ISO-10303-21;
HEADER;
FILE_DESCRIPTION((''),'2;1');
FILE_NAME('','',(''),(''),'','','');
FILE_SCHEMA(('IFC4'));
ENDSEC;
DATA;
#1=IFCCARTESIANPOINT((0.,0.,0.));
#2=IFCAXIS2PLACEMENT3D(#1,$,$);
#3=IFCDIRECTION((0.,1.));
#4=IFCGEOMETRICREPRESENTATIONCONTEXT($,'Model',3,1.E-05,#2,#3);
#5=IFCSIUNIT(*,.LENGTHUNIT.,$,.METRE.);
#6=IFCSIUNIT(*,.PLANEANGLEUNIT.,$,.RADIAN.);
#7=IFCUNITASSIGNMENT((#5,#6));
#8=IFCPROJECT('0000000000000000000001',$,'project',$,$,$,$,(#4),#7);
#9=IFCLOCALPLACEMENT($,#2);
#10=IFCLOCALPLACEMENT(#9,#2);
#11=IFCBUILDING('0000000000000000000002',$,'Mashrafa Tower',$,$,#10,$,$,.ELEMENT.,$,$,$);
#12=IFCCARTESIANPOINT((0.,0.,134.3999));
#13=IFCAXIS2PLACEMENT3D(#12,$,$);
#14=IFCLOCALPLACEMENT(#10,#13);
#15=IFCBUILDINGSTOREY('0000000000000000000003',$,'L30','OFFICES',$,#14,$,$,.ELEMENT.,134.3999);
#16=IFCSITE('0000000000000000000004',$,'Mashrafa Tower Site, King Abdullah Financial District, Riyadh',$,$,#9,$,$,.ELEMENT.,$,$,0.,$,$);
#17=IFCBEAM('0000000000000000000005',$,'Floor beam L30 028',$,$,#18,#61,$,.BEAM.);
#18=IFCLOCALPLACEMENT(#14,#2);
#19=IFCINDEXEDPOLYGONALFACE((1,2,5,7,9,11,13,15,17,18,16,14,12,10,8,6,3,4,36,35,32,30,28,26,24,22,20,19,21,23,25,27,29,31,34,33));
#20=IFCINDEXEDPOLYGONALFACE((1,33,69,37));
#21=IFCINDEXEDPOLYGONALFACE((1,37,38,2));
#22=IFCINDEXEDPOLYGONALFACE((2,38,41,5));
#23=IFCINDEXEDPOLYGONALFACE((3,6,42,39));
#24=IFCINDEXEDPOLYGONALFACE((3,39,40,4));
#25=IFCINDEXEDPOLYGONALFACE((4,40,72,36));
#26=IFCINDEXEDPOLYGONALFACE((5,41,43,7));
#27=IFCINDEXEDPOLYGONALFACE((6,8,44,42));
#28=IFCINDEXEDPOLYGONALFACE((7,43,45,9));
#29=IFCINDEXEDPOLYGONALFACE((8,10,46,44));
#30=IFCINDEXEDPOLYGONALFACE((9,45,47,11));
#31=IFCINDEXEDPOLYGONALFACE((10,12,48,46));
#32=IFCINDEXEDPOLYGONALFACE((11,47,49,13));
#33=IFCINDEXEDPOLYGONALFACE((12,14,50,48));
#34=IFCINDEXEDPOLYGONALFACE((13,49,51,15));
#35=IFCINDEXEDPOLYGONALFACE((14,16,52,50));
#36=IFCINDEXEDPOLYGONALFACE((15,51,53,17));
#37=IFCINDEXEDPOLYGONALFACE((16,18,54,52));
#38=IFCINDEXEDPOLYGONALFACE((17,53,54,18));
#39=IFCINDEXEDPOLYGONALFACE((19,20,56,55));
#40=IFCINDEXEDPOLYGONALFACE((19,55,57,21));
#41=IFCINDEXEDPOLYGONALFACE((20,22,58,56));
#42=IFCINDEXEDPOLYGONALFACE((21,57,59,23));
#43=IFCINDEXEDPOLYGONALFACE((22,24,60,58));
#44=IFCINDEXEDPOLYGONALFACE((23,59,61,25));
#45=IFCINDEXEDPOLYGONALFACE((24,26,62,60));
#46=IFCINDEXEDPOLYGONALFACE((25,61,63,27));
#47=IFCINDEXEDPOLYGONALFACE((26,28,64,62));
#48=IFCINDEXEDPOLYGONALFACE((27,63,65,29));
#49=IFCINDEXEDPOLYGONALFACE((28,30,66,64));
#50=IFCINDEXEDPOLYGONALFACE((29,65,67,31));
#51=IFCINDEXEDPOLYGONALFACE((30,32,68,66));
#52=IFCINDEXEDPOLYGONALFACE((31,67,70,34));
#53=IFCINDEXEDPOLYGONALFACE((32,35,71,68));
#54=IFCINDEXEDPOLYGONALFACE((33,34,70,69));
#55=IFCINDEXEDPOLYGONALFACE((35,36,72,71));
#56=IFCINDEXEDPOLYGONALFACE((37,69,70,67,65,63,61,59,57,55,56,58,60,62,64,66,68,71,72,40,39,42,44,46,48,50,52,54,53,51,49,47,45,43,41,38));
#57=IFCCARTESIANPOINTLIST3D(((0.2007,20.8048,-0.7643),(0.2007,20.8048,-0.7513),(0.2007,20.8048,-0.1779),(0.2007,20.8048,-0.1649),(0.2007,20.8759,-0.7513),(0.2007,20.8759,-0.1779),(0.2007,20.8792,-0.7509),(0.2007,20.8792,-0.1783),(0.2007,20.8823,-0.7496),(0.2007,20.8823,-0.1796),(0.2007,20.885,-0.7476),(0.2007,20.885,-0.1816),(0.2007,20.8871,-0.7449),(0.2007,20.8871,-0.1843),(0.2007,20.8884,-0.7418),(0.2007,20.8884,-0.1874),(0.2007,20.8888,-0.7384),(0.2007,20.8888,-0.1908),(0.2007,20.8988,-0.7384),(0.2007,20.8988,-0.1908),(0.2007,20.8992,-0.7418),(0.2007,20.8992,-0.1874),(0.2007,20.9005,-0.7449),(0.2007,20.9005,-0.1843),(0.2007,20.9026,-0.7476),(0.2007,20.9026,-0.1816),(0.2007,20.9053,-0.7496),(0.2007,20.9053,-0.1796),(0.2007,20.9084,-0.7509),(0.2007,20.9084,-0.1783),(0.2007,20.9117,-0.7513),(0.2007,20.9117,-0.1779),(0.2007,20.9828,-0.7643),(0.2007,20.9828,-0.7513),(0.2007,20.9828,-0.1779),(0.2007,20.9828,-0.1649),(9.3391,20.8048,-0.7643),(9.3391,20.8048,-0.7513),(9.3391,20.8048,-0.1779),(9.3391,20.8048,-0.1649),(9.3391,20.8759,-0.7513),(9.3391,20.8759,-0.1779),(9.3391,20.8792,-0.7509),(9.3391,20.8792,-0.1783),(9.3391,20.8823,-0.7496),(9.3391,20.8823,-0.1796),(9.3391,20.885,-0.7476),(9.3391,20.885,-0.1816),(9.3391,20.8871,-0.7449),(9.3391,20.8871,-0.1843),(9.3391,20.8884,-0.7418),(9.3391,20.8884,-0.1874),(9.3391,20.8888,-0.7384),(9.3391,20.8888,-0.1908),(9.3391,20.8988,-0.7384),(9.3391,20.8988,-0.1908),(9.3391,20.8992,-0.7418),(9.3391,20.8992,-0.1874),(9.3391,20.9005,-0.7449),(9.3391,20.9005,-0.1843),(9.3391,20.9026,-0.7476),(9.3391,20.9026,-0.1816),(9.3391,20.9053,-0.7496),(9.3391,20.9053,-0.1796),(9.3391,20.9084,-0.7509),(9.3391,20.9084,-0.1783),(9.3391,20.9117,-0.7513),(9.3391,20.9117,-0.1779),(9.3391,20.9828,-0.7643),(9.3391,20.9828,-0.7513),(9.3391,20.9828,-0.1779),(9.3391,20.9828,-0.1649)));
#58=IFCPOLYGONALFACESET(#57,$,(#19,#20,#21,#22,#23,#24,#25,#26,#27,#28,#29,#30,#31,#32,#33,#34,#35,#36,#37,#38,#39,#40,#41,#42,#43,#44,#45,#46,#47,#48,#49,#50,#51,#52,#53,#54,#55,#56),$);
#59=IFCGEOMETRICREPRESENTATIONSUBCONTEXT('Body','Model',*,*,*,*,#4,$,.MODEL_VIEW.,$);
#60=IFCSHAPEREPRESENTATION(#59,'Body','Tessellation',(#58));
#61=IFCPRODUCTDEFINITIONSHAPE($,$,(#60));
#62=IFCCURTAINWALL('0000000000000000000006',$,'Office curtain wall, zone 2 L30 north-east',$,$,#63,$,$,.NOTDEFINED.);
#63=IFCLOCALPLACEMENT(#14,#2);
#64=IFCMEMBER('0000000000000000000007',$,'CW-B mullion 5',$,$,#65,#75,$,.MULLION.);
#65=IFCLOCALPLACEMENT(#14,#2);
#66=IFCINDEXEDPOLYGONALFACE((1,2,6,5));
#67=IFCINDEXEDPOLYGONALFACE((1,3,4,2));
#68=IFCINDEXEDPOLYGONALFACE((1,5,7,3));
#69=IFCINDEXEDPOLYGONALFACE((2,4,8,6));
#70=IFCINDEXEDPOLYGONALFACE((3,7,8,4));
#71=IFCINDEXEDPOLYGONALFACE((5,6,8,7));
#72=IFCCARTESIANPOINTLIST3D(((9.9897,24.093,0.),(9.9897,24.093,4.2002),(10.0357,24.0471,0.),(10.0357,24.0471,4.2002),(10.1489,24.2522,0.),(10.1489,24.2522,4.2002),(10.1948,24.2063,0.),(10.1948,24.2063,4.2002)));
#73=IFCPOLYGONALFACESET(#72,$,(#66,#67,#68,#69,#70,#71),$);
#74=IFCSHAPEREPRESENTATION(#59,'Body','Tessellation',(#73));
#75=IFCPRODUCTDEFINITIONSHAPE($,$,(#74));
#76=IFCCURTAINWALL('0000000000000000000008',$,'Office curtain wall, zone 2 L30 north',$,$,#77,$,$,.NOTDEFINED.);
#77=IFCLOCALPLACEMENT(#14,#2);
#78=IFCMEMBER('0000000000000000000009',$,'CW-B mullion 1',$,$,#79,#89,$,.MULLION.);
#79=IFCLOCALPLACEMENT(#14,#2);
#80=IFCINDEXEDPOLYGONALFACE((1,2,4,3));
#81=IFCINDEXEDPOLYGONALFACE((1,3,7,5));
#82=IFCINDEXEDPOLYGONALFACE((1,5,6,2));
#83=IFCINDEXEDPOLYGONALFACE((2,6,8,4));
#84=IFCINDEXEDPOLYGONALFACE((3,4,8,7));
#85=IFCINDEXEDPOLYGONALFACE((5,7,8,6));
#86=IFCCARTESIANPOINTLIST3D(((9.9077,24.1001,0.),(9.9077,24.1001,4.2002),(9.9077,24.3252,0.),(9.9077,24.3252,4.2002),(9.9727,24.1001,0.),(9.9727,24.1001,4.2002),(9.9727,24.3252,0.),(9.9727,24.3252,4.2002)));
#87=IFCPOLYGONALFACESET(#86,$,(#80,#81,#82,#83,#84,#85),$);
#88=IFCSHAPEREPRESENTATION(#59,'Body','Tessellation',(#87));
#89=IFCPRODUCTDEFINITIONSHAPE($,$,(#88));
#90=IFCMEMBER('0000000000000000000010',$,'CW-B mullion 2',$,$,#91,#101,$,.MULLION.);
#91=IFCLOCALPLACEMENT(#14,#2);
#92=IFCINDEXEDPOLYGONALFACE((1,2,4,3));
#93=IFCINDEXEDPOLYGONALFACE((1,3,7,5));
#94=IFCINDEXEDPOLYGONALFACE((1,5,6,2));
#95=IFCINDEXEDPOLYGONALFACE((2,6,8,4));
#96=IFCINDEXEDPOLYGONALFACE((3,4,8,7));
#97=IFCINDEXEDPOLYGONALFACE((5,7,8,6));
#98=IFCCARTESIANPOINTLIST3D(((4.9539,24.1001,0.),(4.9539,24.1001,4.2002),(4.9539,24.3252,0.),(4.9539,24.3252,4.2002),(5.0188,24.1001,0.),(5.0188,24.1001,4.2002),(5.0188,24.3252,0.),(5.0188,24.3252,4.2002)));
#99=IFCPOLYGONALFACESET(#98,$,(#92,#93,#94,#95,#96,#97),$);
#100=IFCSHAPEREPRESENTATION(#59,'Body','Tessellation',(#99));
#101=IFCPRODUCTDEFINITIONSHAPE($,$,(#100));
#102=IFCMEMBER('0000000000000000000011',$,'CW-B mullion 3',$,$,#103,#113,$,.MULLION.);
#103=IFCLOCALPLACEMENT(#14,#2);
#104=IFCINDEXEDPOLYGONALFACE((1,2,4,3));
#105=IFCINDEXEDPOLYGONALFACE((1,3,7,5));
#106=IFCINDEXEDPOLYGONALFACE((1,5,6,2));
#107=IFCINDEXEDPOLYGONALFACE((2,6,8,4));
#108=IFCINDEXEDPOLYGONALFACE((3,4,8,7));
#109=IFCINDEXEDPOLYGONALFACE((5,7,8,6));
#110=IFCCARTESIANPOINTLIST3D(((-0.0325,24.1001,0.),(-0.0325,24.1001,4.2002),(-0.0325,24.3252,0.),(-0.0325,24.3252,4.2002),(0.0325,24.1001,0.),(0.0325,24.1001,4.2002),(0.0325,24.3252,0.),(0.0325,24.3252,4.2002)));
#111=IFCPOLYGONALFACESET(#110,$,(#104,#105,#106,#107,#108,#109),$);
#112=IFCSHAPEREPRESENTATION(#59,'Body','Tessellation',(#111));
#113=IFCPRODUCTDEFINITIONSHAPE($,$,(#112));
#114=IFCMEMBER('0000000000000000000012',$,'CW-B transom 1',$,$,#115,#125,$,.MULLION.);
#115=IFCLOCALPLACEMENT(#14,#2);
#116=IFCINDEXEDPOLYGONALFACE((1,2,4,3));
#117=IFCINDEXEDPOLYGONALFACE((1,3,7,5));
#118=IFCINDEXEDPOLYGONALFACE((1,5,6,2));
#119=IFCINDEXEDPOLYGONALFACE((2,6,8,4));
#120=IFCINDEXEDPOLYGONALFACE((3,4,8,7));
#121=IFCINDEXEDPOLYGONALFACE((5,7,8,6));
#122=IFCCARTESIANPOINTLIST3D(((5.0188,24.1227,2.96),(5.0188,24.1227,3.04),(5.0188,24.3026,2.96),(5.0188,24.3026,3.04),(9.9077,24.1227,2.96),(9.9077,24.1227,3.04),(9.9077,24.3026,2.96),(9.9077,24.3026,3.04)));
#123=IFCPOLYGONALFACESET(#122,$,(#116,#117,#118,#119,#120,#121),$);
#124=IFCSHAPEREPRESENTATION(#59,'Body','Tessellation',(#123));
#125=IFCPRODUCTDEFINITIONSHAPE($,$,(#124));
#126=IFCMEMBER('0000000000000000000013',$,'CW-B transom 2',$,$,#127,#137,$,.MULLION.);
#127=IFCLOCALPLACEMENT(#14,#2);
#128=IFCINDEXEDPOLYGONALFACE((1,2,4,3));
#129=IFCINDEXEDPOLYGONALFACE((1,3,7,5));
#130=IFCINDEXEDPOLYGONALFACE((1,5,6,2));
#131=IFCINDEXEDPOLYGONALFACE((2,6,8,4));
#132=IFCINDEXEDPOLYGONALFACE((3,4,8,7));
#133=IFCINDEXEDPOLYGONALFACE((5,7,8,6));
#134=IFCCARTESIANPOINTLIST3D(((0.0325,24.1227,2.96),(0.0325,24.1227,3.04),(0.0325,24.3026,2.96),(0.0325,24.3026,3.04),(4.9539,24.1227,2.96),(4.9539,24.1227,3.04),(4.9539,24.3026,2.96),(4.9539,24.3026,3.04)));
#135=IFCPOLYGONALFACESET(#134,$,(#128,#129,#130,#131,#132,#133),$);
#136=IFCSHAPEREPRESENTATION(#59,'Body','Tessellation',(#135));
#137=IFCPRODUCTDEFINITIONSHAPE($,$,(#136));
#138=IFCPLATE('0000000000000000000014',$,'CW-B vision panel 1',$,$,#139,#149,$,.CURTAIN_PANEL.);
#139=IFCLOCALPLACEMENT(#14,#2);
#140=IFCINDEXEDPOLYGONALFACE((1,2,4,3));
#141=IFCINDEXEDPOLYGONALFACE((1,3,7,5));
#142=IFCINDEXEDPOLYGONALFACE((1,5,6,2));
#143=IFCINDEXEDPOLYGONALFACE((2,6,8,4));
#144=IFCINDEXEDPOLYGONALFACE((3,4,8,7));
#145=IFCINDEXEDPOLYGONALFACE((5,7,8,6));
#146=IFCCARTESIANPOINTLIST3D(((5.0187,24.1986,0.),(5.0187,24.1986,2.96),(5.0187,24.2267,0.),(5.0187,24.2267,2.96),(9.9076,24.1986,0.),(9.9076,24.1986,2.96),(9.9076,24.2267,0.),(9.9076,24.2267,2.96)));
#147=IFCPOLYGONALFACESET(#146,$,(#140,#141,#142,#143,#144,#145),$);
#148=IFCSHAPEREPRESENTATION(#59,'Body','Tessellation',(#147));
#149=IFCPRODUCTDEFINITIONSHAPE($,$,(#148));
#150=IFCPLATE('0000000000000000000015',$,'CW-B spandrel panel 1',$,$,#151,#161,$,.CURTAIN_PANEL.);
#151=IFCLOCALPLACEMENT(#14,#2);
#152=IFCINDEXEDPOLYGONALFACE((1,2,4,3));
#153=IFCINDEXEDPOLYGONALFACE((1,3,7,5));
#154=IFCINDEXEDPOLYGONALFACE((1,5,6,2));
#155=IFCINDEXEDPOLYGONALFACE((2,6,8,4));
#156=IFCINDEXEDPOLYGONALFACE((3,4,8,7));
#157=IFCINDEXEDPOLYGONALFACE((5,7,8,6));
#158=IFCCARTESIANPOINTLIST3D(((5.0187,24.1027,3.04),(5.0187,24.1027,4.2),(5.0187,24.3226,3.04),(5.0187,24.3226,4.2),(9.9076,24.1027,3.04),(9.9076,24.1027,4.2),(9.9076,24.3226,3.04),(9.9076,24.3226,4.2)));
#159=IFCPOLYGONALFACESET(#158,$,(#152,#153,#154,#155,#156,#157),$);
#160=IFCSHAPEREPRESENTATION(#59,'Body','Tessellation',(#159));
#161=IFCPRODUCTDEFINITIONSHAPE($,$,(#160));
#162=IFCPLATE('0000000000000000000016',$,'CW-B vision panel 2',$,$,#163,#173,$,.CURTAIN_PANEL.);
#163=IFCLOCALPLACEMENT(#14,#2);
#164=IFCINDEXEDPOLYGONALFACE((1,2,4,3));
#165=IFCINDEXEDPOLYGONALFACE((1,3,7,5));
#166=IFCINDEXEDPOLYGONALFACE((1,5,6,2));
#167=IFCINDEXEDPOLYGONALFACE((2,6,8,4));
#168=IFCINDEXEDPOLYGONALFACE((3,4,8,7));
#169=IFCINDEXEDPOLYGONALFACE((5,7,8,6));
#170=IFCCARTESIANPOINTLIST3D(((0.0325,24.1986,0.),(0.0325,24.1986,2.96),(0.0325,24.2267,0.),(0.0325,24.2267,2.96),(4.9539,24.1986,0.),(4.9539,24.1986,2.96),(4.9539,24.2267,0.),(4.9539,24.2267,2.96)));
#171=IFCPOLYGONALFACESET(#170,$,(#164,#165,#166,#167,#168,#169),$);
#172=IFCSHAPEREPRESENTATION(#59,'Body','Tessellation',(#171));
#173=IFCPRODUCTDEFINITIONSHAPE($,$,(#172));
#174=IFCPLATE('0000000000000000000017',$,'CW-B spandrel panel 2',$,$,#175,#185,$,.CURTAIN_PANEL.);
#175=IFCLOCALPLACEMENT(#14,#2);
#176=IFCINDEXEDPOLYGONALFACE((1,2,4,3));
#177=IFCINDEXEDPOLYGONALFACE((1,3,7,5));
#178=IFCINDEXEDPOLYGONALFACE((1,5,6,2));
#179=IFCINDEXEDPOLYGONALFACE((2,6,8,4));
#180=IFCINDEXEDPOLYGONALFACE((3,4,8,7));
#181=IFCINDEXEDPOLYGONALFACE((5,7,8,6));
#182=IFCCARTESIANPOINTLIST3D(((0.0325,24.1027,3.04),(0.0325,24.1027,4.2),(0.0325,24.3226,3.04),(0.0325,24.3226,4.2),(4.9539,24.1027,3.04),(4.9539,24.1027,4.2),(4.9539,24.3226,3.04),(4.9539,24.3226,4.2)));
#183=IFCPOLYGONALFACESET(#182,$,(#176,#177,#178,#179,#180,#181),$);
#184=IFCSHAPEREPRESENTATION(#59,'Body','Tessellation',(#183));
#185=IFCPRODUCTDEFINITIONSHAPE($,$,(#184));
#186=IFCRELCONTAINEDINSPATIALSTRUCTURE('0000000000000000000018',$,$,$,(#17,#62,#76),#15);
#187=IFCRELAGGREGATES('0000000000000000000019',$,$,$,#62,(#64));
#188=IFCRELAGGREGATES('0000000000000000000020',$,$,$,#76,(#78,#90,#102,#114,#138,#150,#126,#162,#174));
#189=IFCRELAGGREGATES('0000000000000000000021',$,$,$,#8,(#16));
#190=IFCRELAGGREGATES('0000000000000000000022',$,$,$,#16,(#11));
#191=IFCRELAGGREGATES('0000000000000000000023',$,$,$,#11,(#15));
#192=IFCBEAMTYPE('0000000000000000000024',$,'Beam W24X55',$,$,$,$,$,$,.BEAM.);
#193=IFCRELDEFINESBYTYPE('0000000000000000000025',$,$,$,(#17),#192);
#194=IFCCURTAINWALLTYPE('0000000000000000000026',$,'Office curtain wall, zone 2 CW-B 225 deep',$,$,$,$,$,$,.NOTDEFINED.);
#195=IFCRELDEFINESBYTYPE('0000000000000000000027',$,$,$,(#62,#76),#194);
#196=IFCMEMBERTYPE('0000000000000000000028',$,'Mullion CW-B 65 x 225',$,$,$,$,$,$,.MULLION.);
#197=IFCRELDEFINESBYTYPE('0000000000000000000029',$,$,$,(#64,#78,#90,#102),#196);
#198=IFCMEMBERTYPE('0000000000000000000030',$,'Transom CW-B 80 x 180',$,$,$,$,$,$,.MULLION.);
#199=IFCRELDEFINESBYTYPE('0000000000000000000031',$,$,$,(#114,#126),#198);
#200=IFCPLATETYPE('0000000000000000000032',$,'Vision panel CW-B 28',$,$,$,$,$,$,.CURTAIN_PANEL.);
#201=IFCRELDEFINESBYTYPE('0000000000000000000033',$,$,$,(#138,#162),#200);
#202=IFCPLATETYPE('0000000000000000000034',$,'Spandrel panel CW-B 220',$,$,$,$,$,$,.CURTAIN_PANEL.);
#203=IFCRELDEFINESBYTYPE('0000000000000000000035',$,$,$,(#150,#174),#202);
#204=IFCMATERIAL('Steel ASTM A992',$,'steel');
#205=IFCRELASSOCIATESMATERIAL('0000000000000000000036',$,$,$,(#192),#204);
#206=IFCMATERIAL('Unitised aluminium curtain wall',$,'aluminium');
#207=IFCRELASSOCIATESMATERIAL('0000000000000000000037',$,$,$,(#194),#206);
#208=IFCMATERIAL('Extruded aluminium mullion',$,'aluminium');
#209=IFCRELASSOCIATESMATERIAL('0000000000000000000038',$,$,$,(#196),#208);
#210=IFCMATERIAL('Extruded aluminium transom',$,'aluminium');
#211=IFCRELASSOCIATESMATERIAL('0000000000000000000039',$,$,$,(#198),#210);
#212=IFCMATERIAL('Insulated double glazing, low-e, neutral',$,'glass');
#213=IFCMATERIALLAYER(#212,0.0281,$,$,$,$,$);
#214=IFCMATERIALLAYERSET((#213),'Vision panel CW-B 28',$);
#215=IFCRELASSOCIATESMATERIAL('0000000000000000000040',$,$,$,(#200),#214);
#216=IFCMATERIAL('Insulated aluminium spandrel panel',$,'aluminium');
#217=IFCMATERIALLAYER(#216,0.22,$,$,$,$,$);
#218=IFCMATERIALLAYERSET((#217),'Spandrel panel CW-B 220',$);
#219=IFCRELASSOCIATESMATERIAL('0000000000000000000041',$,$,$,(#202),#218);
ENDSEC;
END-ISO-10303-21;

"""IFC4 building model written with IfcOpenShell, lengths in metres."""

from ifc_helpers import new_model, si_unit, direction, frame, origin, origin_2d, place, context, subcontext, project, spatial, rectangle, i_section, extrude, source, transform, mapped, material, layer, layer_set, material_profile, profile_set, type_object, type_shapes, element, aggregate, save


model = new_model("IFC4")

# Units and contexts
model_context = context("Model", 3, precision=1e-05, world=origin(), true_north=direction((0.0, 1.0)))
body_context = subcontext(model_context, "Body", "Model", "MODEL_VIEW")
ifc_project = project(units=[si_unit("LENGTHUNIT", "METRE"), si_unit("PLANEANGLEUNIT", "RADIAN")], contexts=[model_context])

# Site, building, storey
site_placement = place(None, origin())
site = spatial("IfcSite", under=ifc_project, at=site_placement, Name="Mashrafa Tower Site, King Abdullah Financial District, Riyadh", CompositionType="ELEMENT", RefElevation=0.0)
building_placement = place(site_placement, origin())
building = spatial("IfcBuilding", under=site, at=building_placement, Name="Mashrafa Tower", CompositionType="ELEMENT")
storey_placement = place(building_placement, frame((0.0, 0.0, 134.3999)))
storey = spatial("IfcBuildingStorey", under=building, at=storey_placement, Name="L30", Description="OFFICES", CompositionType="ELEMENT", Elevation=134.3999)

# Beam
ifc_material_1 = material(Name="Steel ASTM A992", Category="steel")
ifc_material_profile_1 = material_profile(ifc_material_1, i_section(OverallWidth=0.178, OverallDepth=0.5994, WebThickness=0.01, FlangeThickness=0.0129, FilletRadius=0.0129, at=origin_2d()), Name="W24X55")
ifc_profile_set_1 = profile_set([ifc_material_profile_1], Name="Steel ASTM A992")
beam_type_1 = type_object("IfcBeamType", Name="Beam W24X55", PredefinedType="BEAM", material=ifc_profile_set_1)
beam_1_placement = place(storey_placement, frame((0.2007, 20.8938, -0.4646), z_axis=(1.0, 0.0, 0.0), x_axis=(0.0, 1.0, 0.0)))
element("IfcBeam", 1, at=beam_1_placement, inside=storey, type_object=beam_type_1, Name="Floor beam L30 028", PredefinedType="BEAM", context=body_context, shape_type="SweptSolid", body=[
    extrude(i_section(OverallWidth=0.178, OverallDepth=0.5994, WebThickness=0.01, FlangeThickness=0.0129, FilletRadius=0.0129, at=origin_2d()), origin(), (0.0, 0.0, 1.0), 9.1384),
])

# Curtain wall, member
ifc_material_2 = material(Name="Unitised aluminium curtain wall", Category="aluminium")
curtain_wall_type = type_object("IfcCurtainWallType", Name="Office curtain wall, zone 2 CW-B 225 deep", PredefinedType="NOTDEFINED", material=ifc_material_2)
curtain_wall_1_placement = place(storey_placement, origin())
curtain_wall_1 = element("IfcCurtainWall", 2, at=curtain_wall_1_placement, inside=storey, type_object=curtain_wall_type, Name="Office curtain wall, zone 2 L30 north-east", PredefinedType="NOTDEFINED")
ifc_material_3 = material(Name="Extruded aluminium mullion", Category="aluminium")
ifc_material_profile_2 = material_profile(ifc_material_3, rectangle(XDim=0.2251, YDim=0.0649, at=origin_2d()), Name="Mullion 65x225")
ifc_profile_set_2 = profile_set([ifc_material_profile_2], Name="Extruded aluminium mullion")
member_type_1 = type_object("IfcMemberType", Name="Mullion CW-B 65 x 225", PredefinedType="MULLION", material=ifc_profile_set_2)
shared_shape_1 = source(origin(), body_context, "Body", "SweptSolid", [
    extrude(rectangle(XDim=0.2251, YDim=0.0649, at=origin_2d()), origin(), (0.0, 0.0, 1.0), 4.2002),
])
type_shapes(member_type_1, [shared_shape_1])
member_1_placement = place(storey_placement, frame((10.0923, 24.1497, 0.0), z_axis=(0.0, 0.0, 1.0), x_axis=(-0.707107, -0.707107, 0.0)))
member_1 = element("IfcMember", 3, at=member_1_placement, type_object=member_type_1, Name="CW-B mullion 5", PredefinedType="MULLION", context=body_context, shape_type="MappedRepresentation", body=[
    mapped(shared_shape_1, transform((0.0, 0.0, 0.0))),
])
aggregate(curtain_wall_1, [member_1])

# Curtain wall, members, plates
curtain_wall_2_placement = place(storey_placement, origin())
curtain_wall_2 = element("IfcCurtainWall", 4, at=curtain_wall_2_placement, inside=storey, type_object=curtain_wall_type, Name="Office curtain wall, zone 2 L30 north", PredefinedType="NOTDEFINED")
member_2_placement = place(storey_placement, frame((9.9402, 24.2126, 0.0), z_axis=(0.0, 0.0, 1.0), x_axis=(0.0, -1.0, 0.0)))
member_2 = element("IfcMember", 5, at=member_2_placement, type_object=member_type_1, Name="CW-B mullion 1", PredefinedType="MULLION", context=body_context, shape_type="MappedRepresentation", body=[
    mapped(shared_shape_1, transform((0.0, 0.0, 0.0))),
])
member_3_placement = place(storey_placement, frame((4.9863, 24.2126, 0.0), z_axis=(0.0, 0.0, 1.0), x_axis=(0.0, -1.0, 0.0)))
member_3 = element("IfcMember", 6, at=member_3_placement, type_object=member_type_1, Name="CW-B mullion 2", PredefinedType="MULLION", context=body_context, shape_type="MappedRepresentation", body=[
    mapped(shared_shape_1, transform((0.0, 0.0, 0.0))),
])
member_4_placement = place(storey_placement, frame((0.0, 24.2126, 0.0), z_axis=(0.0, 0.0, 1.0), x_axis=(0.0, -1.0, 0.0)))
member_4 = element("IfcMember", 7, at=member_4_placement, type_object=member_type_1, Name="CW-B mullion 3", PredefinedType="MULLION", context=body_context, shape_type="MappedRepresentation", body=[
    mapped(shared_shape_1, transform((0.0, 0.0, 0.0))),
])
ifc_material_4 = material(Name="Extruded aluminium transom", Category="aluminium")
ifc_material_profile_3 = material_profile(ifc_material_4, rectangle(XDim=0.1799, YDim=0.0801, at=origin_2d()), Name="Transom 80x180")
ifc_profile_set_3 = profile_set([ifc_material_profile_3], Name="Extruded aluminium transom")
member_type_2 = type_object("IfcMemberType", Name="Transom CW-B 80 x 180", PredefinedType="MULLION", material=ifc_profile_set_3)
shared_shape_2 = source(origin(), body_context, "Body", "SweptSolid", [
    extrude(rectangle(XDim=0.1799, YDim=0.0801, at=origin_2d()), origin(), (0.0, 0.0, 1.0), 4.8889),
])
member_5_placement = place(storey_placement, frame((9.9077, 24.2126, 3.0), z_axis=(-1.0, 0.0, 0.0), x_axis=(0.0, -1.0, 0.0)))
member_5 = element("IfcMember", 8, at=member_5_placement, type_object=member_type_2, Name="CW-B transom 1", PredefinedType="MULLION", context=body_context, shape_type="MappedRepresentation", body=[
    mapped(shared_shape_2, transform((0.0, 0.0, 0.0))),
])
shared_shape_3 = source(origin(), body_context, "Body", "SweptSolid", [
    extrude(rectangle(XDim=0.1799, YDim=0.0801, at=origin_2d()), origin(), (0.0, 0.0, 1.0), 4.9214),
])
type_shapes(member_type_2, [shared_shape_2, shared_shape_3])
member_6_placement = place(storey_placement, frame((4.9539, 24.2126, 3.0), z_axis=(-1.0, 0.0, 0.0), x_axis=(0.0, -1.0, 0.0)))
member_6 = element("IfcMember", 9, at=member_6_placement, type_object=member_type_2, Name="CW-B transom 2", PredefinedType="MULLION", context=body_context, shape_type="MappedRepresentation", body=[
    mapped(shared_shape_3, transform((0.0, 0.0, 0.0))),
])
ifc_material_5 = material(Name="Insulated double glazing, low-e, neutral", Category="glass")
ifc_layer_1 = layer(ifc_material_5, 0.0281)
ifc_layer_set_1 = layer_set([ifc_layer_1], Name="Vision panel CW-B 28")
plate_type_1 = type_object("IfcPlateType", Name="Vision panel CW-B 28", PredefinedType="CURTAIN_PANEL", material=ifc_layer_set_1)
shared_shape_4 = source(origin(), body_context, "Body", "SweptSolid", [
    extrude(rectangle(XDim=4.8889, YDim=0.0281, at=origin_2d()), origin(), (0.0, 0.0, 1.0), 2.96),
])
plate_1_placement = place(storey_placement, frame((7.4631, 24.2126, 0.0), z_axis=(0.0, 0.0, 1.0), x_axis=(-1.0, 0.0, 0.0)))
plate_1 = element("IfcPlate", 10, at=plate_1_placement, type_object=plate_type_1, Name="CW-B vision panel 1", PredefinedType="CURTAIN_PANEL", context=body_context, shape_type="MappedRepresentation", body=[
    mapped(shared_shape_4, transform((0.0, 0.0, 0.0))),
])
ifc_material_6 = material(Name="Insulated aluminium spandrel panel", Category="aluminium")
ifc_layer_2 = layer(ifc_material_6, 0.22)
ifc_layer_set_2 = layer_set([ifc_layer_2], Name="Spandrel panel CW-B 220")
plate_type_2 = type_object("IfcPlateType", Name="Spandrel panel CW-B 220", PredefinedType="CURTAIN_PANEL", material=ifc_layer_set_2)
shared_shape_5 = source(origin(), body_context, "Body", "SweptSolid", [
    extrude(rectangle(XDim=4.8889, YDim=0.22, at=origin_2d()), origin(), (0.0, 0.0, 1.0), 1.1599),
])
plate_2_placement = place(storey_placement, frame((7.4631, 24.2126, 3.04), z_axis=(0.0, 0.0, 1.0), x_axis=(-1.0, 0.0, 0.0)))
plate_2 = element("IfcPlate", 11, at=plate_2_placement, type_object=plate_type_2, Name="CW-B spandrel panel 1", PredefinedType="CURTAIN_PANEL", context=body_context, shape_type="MappedRepresentation", body=[
    mapped(shared_shape_5, transform((0.0, 0.0, 0.0))),
])
shared_shape_6 = source(origin(), body_context, "Body", "SweptSolid", [
    extrude(rectangle(XDim=4.9214, YDim=0.0281, at=origin_2d()), origin(), (0.0, 0.0, 1.0), 2.96),
])
type_shapes(plate_type_1, [shared_shape_4, shared_shape_6])
plate_3_placement = place(storey_placement, frame((2.4932, 24.2126, 0.0), z_axis=(0.0, 0.0, 1.0), x_axis=(-1.0, 0.0, 0.0)))
plate_3 = element("IfcPlate", 12, at=plate_3_placement, type_object=plate_type_1, Name="CW-B vision panel 2", PredefinedType="CURTAIN_PANEL", context=body_context, shape_type="MappedRepresentation", body=[
    mapped(shared_shape_6, transform((0.0, 0.0, 0.0))),
])
shared_shape_7 = source(origin(), body_context, "Body", "SweptSolid", [
    extrude(rectangle(XDim=4.9214, YDim=0.22, at=origin_2d()), origin(), (0.0, 0.0, 1.0), 1.1599),
])
type_shapes(plate_type_2, [shared_shape_5, shared_shape_7])
plate_4_placement = place(storey_placement, frame((2.4932, 24.2126, 3.04), z_axis=(0.0, 0.0, 1.0), x_axis=(-1.0, 0.0, 0.0)))
plate_4 = element("IfcPlate", 13, at=plate_4_placement, type_object=plate_type_2, Name="CW-B spandrel panel 2", PredefinedType="CURTAIN_PANEL", context=body_context, shape_type="MappedRepresentation", body=[
    mapped(shared_shape_7, transform((0.0, 0.0, 0.0))),
])
aggregate(curtain_wall_2, [member_2, member_3, member_4, member_5, plate_1, plate_2, member_6, plate_3, plate_4])

save(model, "model.ifc")
